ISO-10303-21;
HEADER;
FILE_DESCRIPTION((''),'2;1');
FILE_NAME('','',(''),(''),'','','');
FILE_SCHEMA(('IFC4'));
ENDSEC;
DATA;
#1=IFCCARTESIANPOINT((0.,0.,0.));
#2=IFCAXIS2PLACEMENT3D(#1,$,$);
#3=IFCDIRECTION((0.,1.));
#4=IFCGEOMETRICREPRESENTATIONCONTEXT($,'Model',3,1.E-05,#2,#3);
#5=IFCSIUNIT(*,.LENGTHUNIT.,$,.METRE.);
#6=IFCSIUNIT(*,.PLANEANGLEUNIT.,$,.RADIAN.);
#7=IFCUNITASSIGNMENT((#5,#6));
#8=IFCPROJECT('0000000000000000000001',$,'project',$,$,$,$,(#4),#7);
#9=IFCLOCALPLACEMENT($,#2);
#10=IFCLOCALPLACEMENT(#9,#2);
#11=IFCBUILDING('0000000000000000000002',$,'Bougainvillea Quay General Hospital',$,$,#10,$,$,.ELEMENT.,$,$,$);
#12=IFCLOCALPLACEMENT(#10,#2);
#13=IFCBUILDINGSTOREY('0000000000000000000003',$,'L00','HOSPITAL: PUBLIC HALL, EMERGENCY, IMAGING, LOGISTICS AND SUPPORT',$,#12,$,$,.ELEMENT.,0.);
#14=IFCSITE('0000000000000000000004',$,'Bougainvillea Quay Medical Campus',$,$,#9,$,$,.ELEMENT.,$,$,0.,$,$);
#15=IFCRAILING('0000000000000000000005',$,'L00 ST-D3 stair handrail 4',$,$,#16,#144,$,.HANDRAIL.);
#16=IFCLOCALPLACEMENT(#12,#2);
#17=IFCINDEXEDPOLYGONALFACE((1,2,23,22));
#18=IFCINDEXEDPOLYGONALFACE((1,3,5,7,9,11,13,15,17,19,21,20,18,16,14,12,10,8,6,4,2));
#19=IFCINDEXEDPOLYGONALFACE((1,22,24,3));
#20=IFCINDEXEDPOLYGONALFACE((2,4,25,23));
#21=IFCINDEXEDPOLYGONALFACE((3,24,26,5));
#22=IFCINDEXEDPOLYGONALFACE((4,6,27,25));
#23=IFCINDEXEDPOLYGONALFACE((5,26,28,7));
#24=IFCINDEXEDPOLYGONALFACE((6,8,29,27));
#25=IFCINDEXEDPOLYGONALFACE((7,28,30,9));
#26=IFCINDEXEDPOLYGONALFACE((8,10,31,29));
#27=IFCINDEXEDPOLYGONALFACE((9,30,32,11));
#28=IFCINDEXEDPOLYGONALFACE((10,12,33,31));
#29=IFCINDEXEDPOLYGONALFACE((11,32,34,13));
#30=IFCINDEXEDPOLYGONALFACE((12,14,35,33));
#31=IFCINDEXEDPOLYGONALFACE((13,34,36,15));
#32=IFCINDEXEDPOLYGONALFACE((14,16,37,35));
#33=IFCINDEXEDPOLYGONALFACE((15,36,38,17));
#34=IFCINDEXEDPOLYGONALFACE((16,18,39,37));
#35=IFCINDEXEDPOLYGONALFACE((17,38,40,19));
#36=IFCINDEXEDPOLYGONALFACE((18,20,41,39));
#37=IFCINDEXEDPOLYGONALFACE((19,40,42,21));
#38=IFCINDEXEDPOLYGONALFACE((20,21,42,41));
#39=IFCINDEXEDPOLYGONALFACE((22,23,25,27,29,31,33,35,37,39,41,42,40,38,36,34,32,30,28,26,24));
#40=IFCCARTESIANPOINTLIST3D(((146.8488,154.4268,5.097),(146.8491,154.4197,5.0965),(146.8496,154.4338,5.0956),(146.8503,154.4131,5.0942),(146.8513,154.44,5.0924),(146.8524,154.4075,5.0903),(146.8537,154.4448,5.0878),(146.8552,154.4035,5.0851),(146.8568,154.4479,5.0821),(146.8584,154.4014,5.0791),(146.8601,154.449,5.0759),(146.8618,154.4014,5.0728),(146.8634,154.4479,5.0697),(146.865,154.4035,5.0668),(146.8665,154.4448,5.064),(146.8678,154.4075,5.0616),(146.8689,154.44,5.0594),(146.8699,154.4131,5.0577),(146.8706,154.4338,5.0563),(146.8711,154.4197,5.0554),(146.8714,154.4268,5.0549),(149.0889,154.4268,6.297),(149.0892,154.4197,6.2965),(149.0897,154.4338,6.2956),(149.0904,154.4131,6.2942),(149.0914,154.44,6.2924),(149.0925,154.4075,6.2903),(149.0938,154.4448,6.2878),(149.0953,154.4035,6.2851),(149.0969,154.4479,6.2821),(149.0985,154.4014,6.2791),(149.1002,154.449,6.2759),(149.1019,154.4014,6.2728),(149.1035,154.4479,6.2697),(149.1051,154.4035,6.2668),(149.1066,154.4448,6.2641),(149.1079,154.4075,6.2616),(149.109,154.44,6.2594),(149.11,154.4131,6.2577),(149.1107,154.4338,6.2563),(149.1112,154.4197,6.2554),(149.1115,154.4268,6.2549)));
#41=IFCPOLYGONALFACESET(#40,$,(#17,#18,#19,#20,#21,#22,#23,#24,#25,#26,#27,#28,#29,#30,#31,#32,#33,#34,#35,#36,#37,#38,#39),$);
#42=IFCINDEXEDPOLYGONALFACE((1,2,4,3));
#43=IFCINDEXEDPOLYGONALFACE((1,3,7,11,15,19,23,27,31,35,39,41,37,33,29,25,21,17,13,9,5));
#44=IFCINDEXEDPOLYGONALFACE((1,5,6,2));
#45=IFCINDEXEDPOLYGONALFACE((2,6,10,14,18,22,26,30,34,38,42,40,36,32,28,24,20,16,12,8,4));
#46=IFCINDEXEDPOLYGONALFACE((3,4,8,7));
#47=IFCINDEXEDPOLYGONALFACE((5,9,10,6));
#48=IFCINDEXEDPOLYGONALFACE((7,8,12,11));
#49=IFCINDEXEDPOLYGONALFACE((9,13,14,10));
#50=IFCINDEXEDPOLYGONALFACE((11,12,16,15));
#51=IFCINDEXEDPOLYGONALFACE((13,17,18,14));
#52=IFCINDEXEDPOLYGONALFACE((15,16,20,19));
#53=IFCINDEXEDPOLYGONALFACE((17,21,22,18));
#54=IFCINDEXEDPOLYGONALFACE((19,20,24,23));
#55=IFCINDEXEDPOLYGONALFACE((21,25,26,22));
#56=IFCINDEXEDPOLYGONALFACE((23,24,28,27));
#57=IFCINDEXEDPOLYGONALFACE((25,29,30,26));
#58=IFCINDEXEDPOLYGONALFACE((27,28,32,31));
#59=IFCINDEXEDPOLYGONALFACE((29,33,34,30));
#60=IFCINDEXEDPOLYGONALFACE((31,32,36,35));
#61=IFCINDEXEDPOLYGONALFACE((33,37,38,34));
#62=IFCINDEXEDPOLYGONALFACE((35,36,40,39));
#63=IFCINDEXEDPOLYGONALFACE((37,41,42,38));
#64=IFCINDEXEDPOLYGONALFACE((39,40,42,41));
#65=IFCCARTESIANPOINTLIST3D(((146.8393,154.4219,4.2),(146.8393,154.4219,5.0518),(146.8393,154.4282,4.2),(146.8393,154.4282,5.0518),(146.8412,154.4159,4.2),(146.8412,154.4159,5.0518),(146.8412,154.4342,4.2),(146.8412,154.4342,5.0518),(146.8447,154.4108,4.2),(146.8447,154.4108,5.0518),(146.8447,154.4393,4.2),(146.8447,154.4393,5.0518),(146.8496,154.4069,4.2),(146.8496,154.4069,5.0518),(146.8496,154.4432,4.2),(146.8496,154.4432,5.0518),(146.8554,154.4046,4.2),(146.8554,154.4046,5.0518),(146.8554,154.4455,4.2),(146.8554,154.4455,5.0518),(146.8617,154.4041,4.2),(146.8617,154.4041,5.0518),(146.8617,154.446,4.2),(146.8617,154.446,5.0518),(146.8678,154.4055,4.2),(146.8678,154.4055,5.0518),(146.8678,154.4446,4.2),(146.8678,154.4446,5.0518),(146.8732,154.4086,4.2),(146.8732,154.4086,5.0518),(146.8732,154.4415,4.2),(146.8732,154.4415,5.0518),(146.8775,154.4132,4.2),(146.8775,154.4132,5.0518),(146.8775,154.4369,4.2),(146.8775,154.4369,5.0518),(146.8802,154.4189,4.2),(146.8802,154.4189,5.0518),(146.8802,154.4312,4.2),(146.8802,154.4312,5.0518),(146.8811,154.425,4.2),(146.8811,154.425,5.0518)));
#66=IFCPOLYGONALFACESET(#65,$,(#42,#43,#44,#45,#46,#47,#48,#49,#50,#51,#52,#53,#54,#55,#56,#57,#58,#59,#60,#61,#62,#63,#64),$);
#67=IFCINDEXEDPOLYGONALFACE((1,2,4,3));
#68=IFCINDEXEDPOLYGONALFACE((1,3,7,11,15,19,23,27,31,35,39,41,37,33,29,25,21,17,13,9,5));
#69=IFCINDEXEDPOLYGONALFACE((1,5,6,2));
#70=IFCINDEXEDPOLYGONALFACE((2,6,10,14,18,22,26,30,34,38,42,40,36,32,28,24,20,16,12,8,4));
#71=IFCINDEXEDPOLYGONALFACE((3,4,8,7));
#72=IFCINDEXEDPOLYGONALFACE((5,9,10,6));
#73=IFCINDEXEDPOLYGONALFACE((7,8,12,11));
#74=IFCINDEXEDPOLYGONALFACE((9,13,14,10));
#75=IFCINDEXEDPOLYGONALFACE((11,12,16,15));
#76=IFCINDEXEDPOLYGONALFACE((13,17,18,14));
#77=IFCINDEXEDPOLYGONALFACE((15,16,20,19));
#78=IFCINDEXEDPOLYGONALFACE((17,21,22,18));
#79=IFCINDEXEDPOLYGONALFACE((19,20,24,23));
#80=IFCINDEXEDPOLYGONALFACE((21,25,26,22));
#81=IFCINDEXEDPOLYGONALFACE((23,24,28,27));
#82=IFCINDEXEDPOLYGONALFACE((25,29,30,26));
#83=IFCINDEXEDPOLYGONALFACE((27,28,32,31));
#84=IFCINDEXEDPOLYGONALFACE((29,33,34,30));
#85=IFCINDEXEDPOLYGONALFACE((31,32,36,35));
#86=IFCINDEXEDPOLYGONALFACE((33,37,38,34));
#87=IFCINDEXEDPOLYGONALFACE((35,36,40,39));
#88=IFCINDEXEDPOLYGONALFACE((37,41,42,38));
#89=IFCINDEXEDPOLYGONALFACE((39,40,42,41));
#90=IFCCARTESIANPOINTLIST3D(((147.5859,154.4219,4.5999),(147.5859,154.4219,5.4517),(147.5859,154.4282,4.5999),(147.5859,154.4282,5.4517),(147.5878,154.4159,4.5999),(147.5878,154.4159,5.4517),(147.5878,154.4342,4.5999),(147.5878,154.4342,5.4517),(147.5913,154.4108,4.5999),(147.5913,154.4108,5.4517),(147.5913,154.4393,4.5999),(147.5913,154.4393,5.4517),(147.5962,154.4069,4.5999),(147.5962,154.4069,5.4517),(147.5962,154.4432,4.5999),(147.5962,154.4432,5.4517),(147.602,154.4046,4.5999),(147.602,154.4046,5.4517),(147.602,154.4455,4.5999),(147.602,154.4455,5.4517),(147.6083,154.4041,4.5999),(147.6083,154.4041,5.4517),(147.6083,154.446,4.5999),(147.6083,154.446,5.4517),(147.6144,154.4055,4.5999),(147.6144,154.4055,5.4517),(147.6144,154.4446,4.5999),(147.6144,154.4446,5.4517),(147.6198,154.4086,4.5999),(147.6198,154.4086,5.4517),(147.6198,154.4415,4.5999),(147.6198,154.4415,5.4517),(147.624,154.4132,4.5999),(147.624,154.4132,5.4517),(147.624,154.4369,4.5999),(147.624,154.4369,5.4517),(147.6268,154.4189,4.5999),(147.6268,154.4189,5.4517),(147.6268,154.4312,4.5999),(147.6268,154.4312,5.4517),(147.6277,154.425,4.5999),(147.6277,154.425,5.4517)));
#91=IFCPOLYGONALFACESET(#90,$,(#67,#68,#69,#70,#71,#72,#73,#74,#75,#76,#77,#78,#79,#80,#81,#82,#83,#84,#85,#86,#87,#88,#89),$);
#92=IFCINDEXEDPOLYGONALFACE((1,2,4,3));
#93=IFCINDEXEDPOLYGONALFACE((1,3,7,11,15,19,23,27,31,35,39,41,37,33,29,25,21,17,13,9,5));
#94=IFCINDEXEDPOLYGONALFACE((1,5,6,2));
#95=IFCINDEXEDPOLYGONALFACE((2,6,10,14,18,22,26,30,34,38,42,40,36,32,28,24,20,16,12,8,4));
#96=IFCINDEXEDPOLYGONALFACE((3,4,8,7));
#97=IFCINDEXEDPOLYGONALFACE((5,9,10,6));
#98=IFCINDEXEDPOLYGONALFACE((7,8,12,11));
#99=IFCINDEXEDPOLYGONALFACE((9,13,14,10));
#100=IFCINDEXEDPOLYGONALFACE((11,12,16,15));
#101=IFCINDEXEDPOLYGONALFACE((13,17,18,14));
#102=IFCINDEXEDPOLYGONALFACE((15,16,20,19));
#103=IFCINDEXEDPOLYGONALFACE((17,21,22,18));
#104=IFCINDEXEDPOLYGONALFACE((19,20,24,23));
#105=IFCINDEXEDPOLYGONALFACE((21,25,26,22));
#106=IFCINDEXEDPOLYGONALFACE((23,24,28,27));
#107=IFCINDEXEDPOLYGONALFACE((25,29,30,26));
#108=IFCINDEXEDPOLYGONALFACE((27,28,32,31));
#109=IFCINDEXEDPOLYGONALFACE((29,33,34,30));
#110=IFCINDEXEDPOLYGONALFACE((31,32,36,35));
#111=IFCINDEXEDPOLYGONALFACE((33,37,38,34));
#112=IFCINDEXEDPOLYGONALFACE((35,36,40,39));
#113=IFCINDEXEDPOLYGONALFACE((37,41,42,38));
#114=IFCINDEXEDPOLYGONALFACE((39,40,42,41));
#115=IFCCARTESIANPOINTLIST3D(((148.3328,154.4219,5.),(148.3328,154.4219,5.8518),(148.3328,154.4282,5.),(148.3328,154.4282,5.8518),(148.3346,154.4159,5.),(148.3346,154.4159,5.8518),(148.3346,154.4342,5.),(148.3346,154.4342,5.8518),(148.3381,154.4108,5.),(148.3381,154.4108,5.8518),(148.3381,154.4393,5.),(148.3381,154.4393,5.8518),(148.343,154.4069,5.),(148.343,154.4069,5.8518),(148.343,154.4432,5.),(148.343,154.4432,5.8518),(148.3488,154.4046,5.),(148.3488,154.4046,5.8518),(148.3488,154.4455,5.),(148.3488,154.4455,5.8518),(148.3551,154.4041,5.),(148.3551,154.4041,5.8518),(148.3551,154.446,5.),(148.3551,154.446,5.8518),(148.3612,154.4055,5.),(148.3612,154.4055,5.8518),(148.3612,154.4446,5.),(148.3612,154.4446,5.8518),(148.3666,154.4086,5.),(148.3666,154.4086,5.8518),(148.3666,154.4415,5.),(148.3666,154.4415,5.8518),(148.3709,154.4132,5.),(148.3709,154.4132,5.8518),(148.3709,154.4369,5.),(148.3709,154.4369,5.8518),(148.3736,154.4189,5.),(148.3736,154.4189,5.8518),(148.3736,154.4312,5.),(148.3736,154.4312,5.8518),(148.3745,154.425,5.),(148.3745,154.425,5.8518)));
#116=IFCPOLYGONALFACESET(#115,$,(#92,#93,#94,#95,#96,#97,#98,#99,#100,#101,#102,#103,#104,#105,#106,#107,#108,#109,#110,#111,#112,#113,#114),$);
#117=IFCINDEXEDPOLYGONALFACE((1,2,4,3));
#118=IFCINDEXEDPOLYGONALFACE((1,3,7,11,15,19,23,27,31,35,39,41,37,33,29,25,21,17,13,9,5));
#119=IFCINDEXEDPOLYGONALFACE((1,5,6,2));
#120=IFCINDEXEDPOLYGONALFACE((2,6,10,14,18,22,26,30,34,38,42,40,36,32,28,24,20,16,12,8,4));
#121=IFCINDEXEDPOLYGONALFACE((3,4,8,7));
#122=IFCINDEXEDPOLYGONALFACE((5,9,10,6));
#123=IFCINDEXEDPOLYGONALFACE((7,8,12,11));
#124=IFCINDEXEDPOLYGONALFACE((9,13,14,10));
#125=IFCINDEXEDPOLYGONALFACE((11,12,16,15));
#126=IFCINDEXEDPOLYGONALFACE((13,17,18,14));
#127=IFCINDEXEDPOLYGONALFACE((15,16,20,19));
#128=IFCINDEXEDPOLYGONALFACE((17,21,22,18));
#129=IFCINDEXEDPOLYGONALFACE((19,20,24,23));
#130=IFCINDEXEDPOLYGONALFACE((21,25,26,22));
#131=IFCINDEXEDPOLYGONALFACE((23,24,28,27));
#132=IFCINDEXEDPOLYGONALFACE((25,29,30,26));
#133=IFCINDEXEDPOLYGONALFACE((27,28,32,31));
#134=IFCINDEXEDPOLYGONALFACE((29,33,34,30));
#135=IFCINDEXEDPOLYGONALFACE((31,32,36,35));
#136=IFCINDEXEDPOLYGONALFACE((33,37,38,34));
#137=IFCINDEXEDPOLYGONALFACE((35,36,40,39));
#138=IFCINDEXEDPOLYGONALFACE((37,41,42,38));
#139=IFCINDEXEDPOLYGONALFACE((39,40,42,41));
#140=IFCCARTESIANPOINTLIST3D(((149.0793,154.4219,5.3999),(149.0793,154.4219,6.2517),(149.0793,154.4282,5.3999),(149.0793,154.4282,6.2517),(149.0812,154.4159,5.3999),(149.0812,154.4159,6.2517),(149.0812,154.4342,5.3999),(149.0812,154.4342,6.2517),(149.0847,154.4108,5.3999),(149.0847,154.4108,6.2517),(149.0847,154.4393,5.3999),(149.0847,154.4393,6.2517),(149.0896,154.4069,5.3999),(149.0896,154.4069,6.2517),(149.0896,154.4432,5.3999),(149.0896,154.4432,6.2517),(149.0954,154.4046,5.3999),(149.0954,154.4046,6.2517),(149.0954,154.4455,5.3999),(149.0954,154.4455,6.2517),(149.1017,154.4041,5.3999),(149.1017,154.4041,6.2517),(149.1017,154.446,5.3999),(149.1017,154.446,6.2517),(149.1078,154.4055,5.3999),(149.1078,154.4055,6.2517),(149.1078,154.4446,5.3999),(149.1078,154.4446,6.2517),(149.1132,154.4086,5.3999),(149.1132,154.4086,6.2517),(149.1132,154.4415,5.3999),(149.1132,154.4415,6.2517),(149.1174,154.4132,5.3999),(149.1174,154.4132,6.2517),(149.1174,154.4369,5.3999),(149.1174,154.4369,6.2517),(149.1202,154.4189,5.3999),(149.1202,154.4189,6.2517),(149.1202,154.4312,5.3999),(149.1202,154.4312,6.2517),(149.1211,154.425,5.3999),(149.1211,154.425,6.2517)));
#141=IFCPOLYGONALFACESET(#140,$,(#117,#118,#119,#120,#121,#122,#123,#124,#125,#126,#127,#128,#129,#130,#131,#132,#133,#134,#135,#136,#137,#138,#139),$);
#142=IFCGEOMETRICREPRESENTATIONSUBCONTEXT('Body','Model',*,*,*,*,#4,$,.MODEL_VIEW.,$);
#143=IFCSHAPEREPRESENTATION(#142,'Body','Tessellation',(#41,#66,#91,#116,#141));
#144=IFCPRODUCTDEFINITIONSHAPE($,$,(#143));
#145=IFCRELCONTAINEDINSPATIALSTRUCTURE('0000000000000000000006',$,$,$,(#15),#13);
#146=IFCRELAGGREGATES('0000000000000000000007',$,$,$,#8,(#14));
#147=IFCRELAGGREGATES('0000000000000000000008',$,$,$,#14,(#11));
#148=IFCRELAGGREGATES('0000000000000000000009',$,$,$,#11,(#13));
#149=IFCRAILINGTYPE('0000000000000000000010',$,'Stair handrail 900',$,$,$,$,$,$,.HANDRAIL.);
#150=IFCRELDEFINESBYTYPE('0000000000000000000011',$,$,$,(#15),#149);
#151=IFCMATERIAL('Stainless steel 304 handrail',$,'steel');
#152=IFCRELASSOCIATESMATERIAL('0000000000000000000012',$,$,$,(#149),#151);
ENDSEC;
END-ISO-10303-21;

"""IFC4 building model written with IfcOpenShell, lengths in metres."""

from ifc_helpers import new_model, si_unit, direction, frame, origin, origin_2d, place, context, subcontext, project, spatial, circle, extrude, material, type_object, element, save


model = new_model("IFC4")

# Units and contexts
model_context = context("Model", 3, precision=1e-05, world=origin(), true_north=direction((0.0, 1.0)))
body_context = subcontext(model_context, "Body", "Model", "MODEL_VIEW")
ifc_project = project(units=[si_unit("LENGTHUNIT", "METRE"), si_unit("PLANEANGLEUNIT", "RADIAN")], contexts=[model_context])

# Site, building, storey
site_placement = place(None, origin())
site = spatial("IfcSite", under=ifc_project, at=site_placement, Name="Bougainvillea Quay Medical Campus", CompositionType="ELEMENT", RefElevation=0.0)
building_placement = place(site_placement, origin())
building = spatial("IfcBuilding", under=site, at=building_placement, Name="Bougainvillea Quay General Hospital", CompositionType="ELEMENT")
storey_placement = place(building_placement, origin())
storey = spatial("IfcBuildingStorey", under=building, at=storey_placement, Name="L00", Description="HOSPITAL: PUBLIC HALL, EMERGENCY, IMAGING, LOGISTICS AND SUPPORT", CompositionType="ELEMENT", Elevation=0.0)

# Railing
ifc_material_1 = material(Name="Stainless steel 304 handrail", Category="steel")
railing_type_1 = type_object("IfcRailingType", Name="Stair handrail 900", PredefinedType="HANDRAIL", material=ifc_material_1)
railing_1_placement = place(storey_placement, frame((146.8601, 154.425, 4.2)))
element("IfcRailing", 1, at=railing_1_placement, inside=storey, type_object=railing_type_1, Name="L00 ST-D3 stair handrail 4", PredefinedType="HANDRAIL", context=body_context, shape_type="SweptSolid", body=[
    extrude(circle(Radius=0.0239, at=origin_2d()), frame((0.0, 0.0, 0.876), z_axis=(0.881487, 0.0, 0.472208), x_axis=(0.0, 1.0, 0.0)), (0.0, 0.0, 1.0), 2.5413),
    extrude(circle(Radius=0.021, at=origin_2d()), origin(), (0.0, 0.0, 1.0), 0.8518),
    extrude(circle(Radius=0.021, at=origin_2d()), frame((0.7466, 0.0, 0.3999)), (0.0, 0.0, 1.0), 0.8518),
    extrude(circle(Radius=0.021, at=origin_2d()), frame((1.4934, 0.0, 0.8)), (0.0, 0.0, 1.0), 0.8518),
    extrude(circle(Radius=0.021, at=origin_2d()), frame((2.24, 0.0, 1.2)), (0.0, 0.0, 1.0), 0.8518),
])

save(model, "model.ifc")
